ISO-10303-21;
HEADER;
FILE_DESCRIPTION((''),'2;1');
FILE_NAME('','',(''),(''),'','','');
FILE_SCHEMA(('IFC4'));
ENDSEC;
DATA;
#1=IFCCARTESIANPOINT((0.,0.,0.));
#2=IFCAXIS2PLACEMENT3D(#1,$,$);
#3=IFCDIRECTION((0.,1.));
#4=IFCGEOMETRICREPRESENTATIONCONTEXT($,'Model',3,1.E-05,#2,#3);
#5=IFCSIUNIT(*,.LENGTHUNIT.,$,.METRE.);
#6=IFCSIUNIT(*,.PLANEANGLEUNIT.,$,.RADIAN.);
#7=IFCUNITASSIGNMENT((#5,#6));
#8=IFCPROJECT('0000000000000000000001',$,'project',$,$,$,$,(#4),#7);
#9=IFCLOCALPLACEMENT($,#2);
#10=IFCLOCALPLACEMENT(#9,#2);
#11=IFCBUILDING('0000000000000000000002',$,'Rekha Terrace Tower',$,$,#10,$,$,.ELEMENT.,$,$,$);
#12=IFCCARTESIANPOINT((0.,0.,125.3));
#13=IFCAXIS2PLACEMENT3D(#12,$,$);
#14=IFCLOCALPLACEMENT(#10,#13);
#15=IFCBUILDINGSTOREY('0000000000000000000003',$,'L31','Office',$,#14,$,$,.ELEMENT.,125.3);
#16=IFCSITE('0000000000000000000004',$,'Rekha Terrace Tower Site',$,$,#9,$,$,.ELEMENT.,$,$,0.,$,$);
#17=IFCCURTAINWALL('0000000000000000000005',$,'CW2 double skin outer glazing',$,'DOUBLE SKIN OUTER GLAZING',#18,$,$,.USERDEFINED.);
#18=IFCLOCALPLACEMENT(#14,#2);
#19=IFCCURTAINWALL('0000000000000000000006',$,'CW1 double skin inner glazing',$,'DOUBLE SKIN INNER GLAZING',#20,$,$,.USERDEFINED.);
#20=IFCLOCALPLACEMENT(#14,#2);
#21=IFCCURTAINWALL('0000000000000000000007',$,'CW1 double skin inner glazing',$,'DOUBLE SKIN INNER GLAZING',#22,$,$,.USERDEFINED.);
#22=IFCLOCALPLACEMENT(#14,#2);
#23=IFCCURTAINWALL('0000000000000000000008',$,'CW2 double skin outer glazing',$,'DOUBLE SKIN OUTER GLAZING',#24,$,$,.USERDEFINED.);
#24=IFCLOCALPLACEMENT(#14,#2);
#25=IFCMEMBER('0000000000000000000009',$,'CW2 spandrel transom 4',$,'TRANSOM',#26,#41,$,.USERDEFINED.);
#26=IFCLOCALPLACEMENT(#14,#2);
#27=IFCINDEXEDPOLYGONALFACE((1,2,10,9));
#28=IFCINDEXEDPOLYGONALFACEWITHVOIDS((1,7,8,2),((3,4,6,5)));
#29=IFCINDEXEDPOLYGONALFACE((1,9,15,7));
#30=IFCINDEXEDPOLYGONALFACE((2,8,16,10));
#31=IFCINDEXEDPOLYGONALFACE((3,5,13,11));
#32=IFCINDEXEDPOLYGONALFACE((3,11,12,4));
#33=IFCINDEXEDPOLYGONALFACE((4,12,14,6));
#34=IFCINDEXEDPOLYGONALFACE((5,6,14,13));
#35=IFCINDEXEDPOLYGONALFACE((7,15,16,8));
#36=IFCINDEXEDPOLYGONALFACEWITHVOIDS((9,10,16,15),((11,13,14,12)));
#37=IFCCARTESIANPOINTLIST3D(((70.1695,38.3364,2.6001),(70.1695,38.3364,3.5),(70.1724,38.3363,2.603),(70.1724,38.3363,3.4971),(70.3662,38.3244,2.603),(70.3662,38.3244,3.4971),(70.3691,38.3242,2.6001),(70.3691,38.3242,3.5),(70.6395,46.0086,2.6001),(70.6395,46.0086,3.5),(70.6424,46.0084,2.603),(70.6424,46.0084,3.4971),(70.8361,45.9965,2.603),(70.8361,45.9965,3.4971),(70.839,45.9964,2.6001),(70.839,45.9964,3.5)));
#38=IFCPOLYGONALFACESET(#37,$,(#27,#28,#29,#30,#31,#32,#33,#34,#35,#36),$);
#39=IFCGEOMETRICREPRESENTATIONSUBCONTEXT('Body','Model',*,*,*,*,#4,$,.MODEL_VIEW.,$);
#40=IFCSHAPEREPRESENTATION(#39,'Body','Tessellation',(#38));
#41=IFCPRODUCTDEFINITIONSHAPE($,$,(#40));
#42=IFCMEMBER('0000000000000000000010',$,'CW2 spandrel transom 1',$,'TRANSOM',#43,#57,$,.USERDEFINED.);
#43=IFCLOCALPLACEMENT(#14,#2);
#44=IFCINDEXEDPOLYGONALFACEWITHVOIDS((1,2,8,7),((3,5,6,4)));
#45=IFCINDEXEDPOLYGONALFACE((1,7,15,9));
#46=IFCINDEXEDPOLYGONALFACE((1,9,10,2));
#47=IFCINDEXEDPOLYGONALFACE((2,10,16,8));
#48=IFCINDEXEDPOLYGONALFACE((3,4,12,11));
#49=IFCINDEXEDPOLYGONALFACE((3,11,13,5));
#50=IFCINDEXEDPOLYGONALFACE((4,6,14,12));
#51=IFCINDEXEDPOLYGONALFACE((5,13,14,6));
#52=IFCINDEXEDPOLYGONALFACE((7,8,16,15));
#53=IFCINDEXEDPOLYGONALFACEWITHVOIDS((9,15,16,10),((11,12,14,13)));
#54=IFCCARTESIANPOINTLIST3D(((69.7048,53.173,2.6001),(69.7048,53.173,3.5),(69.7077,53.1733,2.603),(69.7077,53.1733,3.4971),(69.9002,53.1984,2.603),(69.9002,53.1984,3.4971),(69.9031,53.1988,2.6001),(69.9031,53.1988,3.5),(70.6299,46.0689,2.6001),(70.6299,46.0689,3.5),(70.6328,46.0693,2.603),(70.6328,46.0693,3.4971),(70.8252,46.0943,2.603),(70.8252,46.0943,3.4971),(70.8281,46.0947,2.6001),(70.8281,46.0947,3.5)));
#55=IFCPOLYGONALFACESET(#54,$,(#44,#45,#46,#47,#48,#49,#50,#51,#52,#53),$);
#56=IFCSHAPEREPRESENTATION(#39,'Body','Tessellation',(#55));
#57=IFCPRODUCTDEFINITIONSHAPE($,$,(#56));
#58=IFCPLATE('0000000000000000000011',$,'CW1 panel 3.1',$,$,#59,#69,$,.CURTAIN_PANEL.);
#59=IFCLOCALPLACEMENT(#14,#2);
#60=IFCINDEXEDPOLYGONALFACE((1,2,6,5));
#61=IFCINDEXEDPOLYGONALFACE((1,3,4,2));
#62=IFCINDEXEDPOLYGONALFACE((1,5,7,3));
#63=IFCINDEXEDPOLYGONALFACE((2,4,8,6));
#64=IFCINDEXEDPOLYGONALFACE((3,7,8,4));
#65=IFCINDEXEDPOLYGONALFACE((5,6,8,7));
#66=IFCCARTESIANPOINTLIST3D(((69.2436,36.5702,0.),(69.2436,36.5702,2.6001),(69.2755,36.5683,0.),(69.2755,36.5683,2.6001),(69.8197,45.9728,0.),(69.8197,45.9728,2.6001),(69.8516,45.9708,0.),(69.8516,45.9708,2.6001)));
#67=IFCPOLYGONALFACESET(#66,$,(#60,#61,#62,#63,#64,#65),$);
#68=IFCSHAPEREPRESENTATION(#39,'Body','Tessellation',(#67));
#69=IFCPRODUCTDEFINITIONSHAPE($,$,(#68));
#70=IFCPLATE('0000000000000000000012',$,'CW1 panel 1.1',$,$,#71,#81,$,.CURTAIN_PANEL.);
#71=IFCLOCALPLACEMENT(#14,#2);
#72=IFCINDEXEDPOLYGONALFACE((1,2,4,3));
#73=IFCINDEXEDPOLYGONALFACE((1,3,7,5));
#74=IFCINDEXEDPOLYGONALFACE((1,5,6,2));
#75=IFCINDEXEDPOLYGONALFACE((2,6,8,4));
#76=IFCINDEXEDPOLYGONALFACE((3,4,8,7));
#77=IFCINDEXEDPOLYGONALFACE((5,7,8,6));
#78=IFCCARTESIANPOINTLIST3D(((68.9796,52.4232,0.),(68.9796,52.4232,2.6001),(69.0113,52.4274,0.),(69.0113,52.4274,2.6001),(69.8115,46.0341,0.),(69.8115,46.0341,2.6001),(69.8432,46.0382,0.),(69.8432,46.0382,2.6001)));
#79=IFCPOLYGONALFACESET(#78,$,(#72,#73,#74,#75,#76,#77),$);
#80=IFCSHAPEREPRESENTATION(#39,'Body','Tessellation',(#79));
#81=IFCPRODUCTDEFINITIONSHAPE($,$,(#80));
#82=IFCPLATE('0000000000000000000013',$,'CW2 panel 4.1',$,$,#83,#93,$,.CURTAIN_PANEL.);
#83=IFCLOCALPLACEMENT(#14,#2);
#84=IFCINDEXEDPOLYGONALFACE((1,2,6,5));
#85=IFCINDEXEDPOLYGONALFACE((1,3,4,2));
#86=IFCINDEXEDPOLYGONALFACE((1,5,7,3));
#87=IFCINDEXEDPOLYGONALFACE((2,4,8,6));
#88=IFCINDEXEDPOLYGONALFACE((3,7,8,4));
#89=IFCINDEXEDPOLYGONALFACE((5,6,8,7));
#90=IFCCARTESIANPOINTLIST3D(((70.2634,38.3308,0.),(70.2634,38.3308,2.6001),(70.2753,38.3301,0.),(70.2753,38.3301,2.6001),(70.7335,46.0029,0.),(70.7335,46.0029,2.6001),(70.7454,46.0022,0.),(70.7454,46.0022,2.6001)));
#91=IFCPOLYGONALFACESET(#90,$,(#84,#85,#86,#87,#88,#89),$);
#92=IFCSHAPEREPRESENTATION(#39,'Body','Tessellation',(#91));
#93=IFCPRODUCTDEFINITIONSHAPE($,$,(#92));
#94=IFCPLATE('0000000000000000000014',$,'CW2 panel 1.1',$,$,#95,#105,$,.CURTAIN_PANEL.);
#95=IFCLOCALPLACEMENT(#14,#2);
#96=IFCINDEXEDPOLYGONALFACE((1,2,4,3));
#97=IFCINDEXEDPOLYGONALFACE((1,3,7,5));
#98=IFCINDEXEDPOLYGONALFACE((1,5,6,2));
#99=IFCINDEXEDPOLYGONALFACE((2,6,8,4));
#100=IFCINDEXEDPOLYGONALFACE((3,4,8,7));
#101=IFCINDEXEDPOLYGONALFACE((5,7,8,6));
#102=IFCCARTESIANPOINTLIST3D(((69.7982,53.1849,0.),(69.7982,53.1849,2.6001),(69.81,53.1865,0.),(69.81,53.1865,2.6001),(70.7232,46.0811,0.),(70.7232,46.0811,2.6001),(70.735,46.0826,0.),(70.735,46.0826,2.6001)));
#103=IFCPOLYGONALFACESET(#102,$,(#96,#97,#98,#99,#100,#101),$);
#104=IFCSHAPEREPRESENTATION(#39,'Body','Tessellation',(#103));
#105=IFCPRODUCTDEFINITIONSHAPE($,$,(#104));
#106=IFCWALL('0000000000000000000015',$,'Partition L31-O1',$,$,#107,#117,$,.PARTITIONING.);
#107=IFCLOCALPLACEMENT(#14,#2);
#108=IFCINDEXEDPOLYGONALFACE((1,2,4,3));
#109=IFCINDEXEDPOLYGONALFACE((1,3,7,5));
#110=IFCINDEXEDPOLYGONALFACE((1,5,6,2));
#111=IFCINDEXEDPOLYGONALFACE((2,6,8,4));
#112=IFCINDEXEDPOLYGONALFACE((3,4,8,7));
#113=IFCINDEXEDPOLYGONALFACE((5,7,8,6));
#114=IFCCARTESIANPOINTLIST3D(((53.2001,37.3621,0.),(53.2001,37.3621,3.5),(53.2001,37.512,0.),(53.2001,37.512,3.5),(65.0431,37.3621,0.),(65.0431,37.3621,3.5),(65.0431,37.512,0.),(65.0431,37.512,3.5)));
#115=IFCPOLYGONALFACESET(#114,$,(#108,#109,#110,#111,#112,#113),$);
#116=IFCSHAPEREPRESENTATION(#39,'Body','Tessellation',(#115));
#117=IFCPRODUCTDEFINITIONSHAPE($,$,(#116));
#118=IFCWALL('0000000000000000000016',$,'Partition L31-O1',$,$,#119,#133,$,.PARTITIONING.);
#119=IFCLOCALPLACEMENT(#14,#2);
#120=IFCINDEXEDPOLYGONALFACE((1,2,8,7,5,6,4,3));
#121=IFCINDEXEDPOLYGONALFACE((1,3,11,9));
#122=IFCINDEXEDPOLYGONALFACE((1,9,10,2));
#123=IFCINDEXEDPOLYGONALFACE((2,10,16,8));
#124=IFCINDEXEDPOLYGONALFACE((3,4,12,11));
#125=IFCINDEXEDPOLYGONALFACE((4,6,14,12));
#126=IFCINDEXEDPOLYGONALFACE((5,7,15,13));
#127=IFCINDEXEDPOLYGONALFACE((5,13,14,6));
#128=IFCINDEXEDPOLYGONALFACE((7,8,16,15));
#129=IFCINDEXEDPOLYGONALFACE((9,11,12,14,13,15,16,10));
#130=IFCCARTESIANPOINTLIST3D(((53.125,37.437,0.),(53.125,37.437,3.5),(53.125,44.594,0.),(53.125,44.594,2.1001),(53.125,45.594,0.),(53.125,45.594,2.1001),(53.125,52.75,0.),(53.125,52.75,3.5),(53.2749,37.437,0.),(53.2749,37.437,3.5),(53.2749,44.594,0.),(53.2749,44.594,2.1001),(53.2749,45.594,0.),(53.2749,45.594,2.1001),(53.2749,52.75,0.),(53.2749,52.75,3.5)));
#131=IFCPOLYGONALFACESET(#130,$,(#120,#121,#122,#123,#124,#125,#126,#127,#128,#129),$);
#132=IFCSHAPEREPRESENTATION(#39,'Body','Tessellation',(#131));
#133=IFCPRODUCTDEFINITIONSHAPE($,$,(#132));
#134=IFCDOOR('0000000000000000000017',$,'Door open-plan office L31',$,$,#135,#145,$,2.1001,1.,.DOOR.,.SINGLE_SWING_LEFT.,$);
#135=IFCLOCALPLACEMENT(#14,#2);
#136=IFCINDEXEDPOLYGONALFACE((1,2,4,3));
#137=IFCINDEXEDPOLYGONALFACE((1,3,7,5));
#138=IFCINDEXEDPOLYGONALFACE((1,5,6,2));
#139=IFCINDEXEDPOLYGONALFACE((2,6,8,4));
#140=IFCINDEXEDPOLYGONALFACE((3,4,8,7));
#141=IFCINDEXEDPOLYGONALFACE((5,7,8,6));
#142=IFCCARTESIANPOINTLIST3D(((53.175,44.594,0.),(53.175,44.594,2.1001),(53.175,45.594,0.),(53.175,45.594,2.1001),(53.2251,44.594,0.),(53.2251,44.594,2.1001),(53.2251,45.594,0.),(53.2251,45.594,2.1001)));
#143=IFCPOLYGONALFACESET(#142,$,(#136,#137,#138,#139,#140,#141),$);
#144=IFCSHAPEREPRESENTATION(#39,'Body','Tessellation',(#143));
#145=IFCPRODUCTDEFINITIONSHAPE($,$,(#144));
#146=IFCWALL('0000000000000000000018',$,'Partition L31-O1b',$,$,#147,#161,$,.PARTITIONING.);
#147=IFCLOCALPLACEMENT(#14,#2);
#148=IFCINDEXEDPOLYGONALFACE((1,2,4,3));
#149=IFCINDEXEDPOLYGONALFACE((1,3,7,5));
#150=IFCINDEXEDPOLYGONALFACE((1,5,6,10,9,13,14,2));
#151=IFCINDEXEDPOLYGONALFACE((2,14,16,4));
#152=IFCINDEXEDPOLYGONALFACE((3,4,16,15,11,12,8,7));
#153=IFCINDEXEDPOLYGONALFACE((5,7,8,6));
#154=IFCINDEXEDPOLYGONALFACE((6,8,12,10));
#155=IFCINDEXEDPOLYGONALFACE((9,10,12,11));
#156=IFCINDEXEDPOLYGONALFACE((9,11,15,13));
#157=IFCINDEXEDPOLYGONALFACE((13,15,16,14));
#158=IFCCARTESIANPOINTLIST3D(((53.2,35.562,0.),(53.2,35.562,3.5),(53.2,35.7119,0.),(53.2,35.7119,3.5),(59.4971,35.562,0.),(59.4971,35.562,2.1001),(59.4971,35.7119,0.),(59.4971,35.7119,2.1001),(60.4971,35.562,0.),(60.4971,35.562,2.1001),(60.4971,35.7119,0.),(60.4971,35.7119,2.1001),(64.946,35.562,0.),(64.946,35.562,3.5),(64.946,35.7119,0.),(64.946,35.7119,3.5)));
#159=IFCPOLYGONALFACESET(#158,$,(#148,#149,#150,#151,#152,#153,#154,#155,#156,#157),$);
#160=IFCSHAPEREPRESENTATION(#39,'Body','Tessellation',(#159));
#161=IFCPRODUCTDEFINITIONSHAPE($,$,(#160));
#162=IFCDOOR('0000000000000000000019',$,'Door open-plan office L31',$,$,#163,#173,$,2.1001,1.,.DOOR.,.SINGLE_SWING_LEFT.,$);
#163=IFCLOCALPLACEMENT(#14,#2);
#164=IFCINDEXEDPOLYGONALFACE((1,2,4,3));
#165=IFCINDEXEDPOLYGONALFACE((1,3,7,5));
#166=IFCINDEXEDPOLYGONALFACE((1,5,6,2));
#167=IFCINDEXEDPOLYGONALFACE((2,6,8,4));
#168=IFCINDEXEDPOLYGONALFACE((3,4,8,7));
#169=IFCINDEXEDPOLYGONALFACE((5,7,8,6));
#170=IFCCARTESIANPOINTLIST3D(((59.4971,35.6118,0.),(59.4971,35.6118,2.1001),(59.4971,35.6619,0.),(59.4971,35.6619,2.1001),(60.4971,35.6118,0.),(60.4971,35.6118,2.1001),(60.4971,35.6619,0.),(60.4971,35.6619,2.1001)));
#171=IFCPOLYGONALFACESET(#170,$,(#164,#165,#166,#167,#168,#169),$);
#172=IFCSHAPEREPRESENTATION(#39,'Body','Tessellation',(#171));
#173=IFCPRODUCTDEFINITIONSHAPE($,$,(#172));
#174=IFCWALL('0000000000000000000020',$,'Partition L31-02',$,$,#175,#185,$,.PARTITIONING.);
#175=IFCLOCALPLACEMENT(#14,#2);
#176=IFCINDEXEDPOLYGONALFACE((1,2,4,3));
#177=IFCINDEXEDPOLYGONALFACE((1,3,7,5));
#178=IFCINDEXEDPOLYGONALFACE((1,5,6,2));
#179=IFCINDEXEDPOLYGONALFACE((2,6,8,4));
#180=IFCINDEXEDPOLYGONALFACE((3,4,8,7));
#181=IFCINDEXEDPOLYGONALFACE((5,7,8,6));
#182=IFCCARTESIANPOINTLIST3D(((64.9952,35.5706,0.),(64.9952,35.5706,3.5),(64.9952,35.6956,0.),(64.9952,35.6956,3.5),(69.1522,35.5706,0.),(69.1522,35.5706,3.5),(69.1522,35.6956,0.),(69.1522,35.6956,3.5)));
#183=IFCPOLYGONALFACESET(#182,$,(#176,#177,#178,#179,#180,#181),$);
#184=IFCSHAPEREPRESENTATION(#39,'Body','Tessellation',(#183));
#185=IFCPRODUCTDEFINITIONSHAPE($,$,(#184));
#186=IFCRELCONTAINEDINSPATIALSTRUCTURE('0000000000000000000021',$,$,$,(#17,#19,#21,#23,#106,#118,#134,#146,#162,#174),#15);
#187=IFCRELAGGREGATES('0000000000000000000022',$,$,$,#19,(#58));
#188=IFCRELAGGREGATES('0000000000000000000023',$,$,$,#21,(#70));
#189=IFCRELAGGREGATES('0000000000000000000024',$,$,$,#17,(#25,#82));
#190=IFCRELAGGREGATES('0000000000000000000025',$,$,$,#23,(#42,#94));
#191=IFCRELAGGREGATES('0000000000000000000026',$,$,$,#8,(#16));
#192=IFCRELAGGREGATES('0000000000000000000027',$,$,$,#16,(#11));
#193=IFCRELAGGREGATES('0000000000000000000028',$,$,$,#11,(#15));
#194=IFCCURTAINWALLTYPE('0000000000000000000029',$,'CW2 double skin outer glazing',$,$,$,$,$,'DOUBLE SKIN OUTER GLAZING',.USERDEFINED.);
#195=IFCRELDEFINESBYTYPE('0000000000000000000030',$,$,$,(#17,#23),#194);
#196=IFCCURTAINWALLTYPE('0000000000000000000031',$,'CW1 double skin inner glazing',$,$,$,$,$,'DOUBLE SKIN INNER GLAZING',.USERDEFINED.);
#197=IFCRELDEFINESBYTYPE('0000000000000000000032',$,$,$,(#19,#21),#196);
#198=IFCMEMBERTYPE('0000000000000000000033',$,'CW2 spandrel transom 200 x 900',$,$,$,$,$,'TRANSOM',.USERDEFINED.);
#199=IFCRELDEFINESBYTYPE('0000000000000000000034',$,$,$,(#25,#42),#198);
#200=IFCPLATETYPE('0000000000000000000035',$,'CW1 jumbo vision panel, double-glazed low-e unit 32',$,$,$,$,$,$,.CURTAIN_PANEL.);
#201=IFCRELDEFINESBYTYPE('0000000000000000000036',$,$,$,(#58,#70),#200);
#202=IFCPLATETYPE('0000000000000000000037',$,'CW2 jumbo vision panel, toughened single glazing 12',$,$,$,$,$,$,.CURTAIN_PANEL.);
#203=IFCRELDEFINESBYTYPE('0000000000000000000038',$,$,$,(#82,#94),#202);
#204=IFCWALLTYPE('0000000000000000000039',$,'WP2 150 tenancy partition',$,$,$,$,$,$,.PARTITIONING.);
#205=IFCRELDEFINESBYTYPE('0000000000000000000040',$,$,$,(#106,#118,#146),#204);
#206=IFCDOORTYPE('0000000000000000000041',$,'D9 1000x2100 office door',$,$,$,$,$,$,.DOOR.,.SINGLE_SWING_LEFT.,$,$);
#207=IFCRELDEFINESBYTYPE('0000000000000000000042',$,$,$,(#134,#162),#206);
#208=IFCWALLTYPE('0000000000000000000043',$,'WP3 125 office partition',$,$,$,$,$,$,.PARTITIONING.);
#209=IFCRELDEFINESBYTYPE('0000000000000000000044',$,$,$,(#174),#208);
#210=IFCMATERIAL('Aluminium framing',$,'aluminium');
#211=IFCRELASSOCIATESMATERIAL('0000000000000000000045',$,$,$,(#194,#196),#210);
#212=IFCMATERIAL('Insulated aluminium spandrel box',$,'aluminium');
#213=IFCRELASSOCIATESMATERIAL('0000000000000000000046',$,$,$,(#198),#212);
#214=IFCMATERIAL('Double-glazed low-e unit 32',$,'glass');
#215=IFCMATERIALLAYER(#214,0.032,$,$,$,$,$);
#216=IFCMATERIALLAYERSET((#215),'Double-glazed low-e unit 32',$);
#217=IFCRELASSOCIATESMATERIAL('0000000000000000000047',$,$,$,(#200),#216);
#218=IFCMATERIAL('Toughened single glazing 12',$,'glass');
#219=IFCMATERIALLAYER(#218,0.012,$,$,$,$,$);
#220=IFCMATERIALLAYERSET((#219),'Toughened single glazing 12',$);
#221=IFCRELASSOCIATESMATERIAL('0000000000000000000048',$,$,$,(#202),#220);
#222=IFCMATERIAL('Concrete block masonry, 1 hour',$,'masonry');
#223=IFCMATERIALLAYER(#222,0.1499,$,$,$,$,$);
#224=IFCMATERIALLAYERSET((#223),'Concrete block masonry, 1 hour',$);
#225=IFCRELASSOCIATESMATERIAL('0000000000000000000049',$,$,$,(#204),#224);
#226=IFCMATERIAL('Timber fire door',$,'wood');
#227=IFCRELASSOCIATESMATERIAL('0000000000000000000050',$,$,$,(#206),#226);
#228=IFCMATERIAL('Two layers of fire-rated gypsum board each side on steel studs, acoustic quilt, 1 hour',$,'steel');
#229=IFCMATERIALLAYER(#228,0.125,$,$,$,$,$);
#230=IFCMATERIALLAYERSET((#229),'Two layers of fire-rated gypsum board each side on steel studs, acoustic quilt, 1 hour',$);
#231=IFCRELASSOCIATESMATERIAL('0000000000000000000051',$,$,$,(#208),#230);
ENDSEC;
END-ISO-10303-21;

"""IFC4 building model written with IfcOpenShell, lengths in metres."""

from ifc_helpers import new_model, si_unit, direction, frame, frame_2d, origin, origin_2d, place, context, subcontext, project, spatial, rectangle, hollow_rectangle, extrude, material, layer, layer_set, material_profile, profile_set, type_object, element, fill, aggregate, save


model = new_model("IFC4")

# Units and contexts
model_context = context("Model", 3, precision=1e-05, world=origin(), true_north=direction((0.0, 1.0)))
body_context = subcontext(model_context, "Body", "Model", "MODEL_VIEW")
ifc_project = project(units=[si_unit("LENGTHUNIT", "METRE"), si_unit("PLANEANGLEUNIT", "RADIAN")], contexts=[model_context])

# Site, building, storey
site_placement = place(None, origin())
site = spatial("IfcSite", under=ifc_project, at=site_placement, Name="Rekha Terrace Tower Site", CompositionType="ELEMENT", RefElevation=0.0)
building_placement = place(site_placement, origin())
building = spatial("IfcBuilding", under=site, at=building_placement, Name="Rekha Terrace Tower", CompositionType="ELEMENT")
storey_placement = place(building_placement, frame((0.0, 0.0, 125.3)))
storey = spatial("IfcBuildingStorey", under=building, at=storey_placement, Name="L31", Description="Office", CompositionType="ELEMENT", Elevation=125.3)

# Curtain walls
ifc_material_1 = material(Name="Aluminium framing", Category="aluminium")
curtain_wall_type_1 = type_object("IfcCurtainWallType", Name="CW2 double skin outer glazing", ElementType="DOUBLE SKIN OUTER GLAZING", PredefinedType="USERDEFINED", material=ifc_material_1)
curtain_wall_1_placement = place(storey_placement, origin())
curtain_wall_1 = element("IfcCurtainWall", 1, at=curtain_wall_1_placement, inside=storey, type_object=curtain_wall_type_1, Name="CW2 double skin outer glazing", ObjectType="DOUBLE SKIN OUTER GLAZING", PredefinedType="USERDEFINED")
curtain_wall_type_2 = type_object("IfcCurtainWallType", Name="CW1 double skin inner glazing", ElementType="DOUBLE SKIN INNER GLAZING", PredefinedType="USERDEFINED", material=ifc_material_1)
curtain_wall_2_placement = place(storey_placement, origin())
curtain_wall_2 = element("IfcCurtainWall", 2, at=curtain_wall_2_placement, inside=storey, type_object=curtain_wall_type_2, Name="CW1 double skin inner glazing", ObjectType="DOUBLE SKIN INNER GLAZING", PredefinedType="USERDEFINED")
curtain_wall_3_placement = place(storey_placement, origin())
curtain_wall_3 = element("IfcCurtainWall", 3, at=curtain_wall_3_placement, inside=storey, type_object=curtain_wall_type_2, Name="CW1 double skin inner glazing", ObjectType="DOUBLE SKIN INNER GLAZING", PredefinedType="USERDEFINED")

# Shared definitions
ifc_material_2 = material(Name="Insulated aluminium spandrel box", Category="aluminium")

# Curtain wall
curtain_wall_4_placement = place(storey_placement, origin())
curtain_wall_4 = element("IfcCurtainWall", 4, at=curtain_wall_4_placement, inside=storey, type_object=curtain_wall_type_1, Name="CW2 double skin outer glazing", ObjectType="DOUBLE SKIN OUTER GLAZING", PredefinedType="USERDEFINED")

# Members
ifc_material_profile_1 = material_profile(ifc_material_2, hollow_rectangle(XDim=0.2, YDim=0.8999, WallThickness=0.0029, at=origin_2d()), Name="AL SPANDREL BOX 200x900")
ifc_profile_set_1 = profile_set([ifc_material_profile_1], Name="Insulated aluminium spandrel box")
member_type_1 = type_object("IfcMemberType", Name="CW2 spandrel transom 200 x 900", ElementType="TRANSOM", PredefinedType="USERDEFINED", material=ifc_profile_set_1)
member_1_placement = place(storey_placement, frame((70.2693, 38.3303, 3.05), z_axis=(0.061142, 0.998129, 0.0), x_axis=(-0.998129, 0.061142, 0.0)))
member_1 = element("IfcMember", 5, at=member_1_placement, type_object=member_type_1, Name="CW2 spandrel transom 4", ObjectType="TRANSOM", PredefinedType="USERDEFINED", context=body_context, shape_type="SweptSolid", body=[
    extrude(hollow_rectangle(XDim=0.2, YDim=0.8999, WallThickness=0.0029, at=origin_2d()), origin(), (0.0, 0.0, 1.0), 7.6865),
])
member_2_placement = place(storey_placement, frame((70.729, 46.0818, 3.05), z_axis=(-0.129125, 0.991628, 0.0), x_axis=(-0.991628, -0.129125, 0.0)))
member_2 = element("IfcMember", 6, at=member_2_placement, type_object=member_type_1, Name="CW2 spandrel transom 1", ObjectType="TRANSOM", PredefinedType="USERDEFINED", context=body_context, shape_type="SweptSolid", body=[
    extrude(hollow_rectangle(XDim=0.2, YDim=0.8999, WallThickness=0.0029, at=origin_2d()), origin(), (0.0, 0.0, 1.0), 7.1641),
])

# Plates
ifc_material_3 = material(Name="Double-glazed low-e unit 32", Category="glass")
ifc_layer_1 = layer(ifc_material_3, 0.032)
ifc_layer_set_1 = layer_set([ifc_layer_1], Name="Double-glazed low-e unit 32")
plate_type_1 = type_object("IfcPlateType", Name="CW1 jumbo vision panel, double-glazed low-e unit 32", PredefinedType="CURTAIN_PANEL", material=ifc_layer_set_1)
plate_1_placement = place(storey_placement, frame((69.5476, 41.2705, 0.0), z_axis=(0.0, 0.0, 1.0), x_axis=(0.06116, 0.998128, 0.0)))
plate_1 = element("IfcPlate", 7, at=plate_1_placement, type_object=plate_type_1, Name="CW1 panel 3.1", PredefinedType="CURTAIN_PANEL", context=body_context, shape_type="SweptSolid", body=[
    extrude(rectangle(XDim=9.4202, YDim=0.032, at=origin_2d()), origin(), (0.0, 0.0, 1.0), 2.6001),
])
aggregate(curtain_wall_2, [plate_1])
plate_2_placement = place(storey_placement, frame((69.4114, 49.2307, 0.0), z_axis=(0.0, 0.0, 1.0), x_axis=(-0.129118, 0.991629, 0.0)))
plate_2 = element("IfcPlate", 8, at=plate_2_placement, type_object=plate_type_1, Name="CW1 panel 1.1", PredefinedType="CURTAIN_PANEL", context=body_context, shape_type="SweptSolid", body=[
    extrude(rectangle(XDim=6.4431, YDim=0.032, at=origin_2d()), origin(), (0.0, 0.0, 1.0), 2.6001),
])
aggregate(curtain_wall_3, [plate_2])
ifc_material_4 = material(Name="Toughened single glazing 12", Category="glass")
ifc_layer_2 = layer(ifc_material_4, 0.012)
ifc_layer_set_2 = layer_set([ifc_layer_2], Name="Toughened single glazing 12")
plate_type_2 = type_object("IfcPlateType", Name="CW2 jumbo vision panel, toughened single glazing 12", PredefinedType="CURTAIN_PANEL", material=ifc_layer_set_2)
plate_3_placement = place(storey_placement, frame((70.5044, 42.1665, 0.0), z_axis=(0.0, 0.0, 1.0), x_axis=(0.06116, 0.998128, 0.0)))
plate_3 = element("IfcPlate", 9, at=plate_3_placement, type_object=plate_type_2, Name="CW2 panel 4.1", PredefinedType="CURTAIN_PANEL", context=body_context, shape_type="SweptSolid", body=[
    extrude(rectangle(XDim=7.6865, YDim=0.012, at=origin_2d()), origin(), (0.0, 0.0, 1.0), 2.6001),
])
aggregate(curtain_wall_1, [member_1, plate_3])
plate_4_placement = place(storey_placement, frame((70.2666, 49.6338, 0.0), z_axis=(0.0, 0.0, 1.0), x_axis=(-0.129118, 0.991629, 0.0)))
plate_4 = element("IfcPlate", 10, at=plate_4_placement, type_object=plate_type_2, Name="CW2 panel 1.1", PredefinedType="CURTAIN_PANEL", context=body_context, shape_type="SweptSolid", body=[
    extrude(rectangle(XDim=7.1638, YDim=0.012, at=origin_2d()), origin(), (0.0, 0.0, 1.0), 2.6001),
])
aggregate(curtain_wall_4, [member_2, plate_4])

# Wall
ifc_material_5 = material(Name="Concrete block masonry, 1 hour", Category="masonry")
ifc_layer_3 = layer(ifc_material_5, 0.1499)
ifc_layer_set_3 = layer_set([ifc_layer_3], Name="Concrete block masonry, 1 hour")
wall_type_1 = type_object("IfcWallType", Name="WP2 150 tenancy partition", PredefinedType="PARTITIONING", material=ifc_layer_set_3)
wall_1_placement = place(storey_placement, frame((65.043, 37.437, 0.0), z_axis=(0.0, 0.0, 1.0), x_axis=(-1.0, 0.0, 0.0)))
element("IfcWall", 11, at=wall_1_placement, inside=storey, type_object=wall_type_1, Name="Partition L31-O1", PredefinedType="PARTITIONING", context=body_context, shape_type="SweptSolid", body=[
    extrude(rectangle(XDim=11.843, YDim=0.1499, at=frame_2d((5.9214, 0.0))), origin(), (0.0, 0.0, 1.0), 3.5),
])

# Walls, openings, doors
wall_2_placement = place(storey_placement, frame((53.2, 37.437, 0.0), z_axis=(0.0, 0.0, 1.0), x_axis=(0.0, 1.0, 0.0)))
wall_2 = element("IfcWall", 12, at=wall_2_placement, inside=storey, type_object=wall_type_1, Name="Partition L31-O1", PredefinedType="PARTITIONING", context=body_context, shape_type="SweptSolid", body=[
    extrude(rectangle(XDim=15.313, YDim=0.1499, at=frame_2d((7.6565, 0.0))), origin(), (0.0, 0.0, 1.0), 3.5),
])
opening_1_placement = place(wall_2_placement, frame((7.157, 0.0, 0.0)))
opening_1 = element("IfcOpeningElement", 13, at=opening_1_placement, cuts=wall_2, PredefinedType="OPENING", context=body_context, shape_type="SweptSolid", body=[
    extrude(rectangle(XDim=1.0, YDim=2.1001, at=frame_2d((0.5, 1.05))), frame((0.0, 0.085, 0.0), z_axis=(0.0, -1.0, 0.0), x_axis=(1.0, 0.0, 0.0)), (0.0, 0.0, 1.0), 0.1699),
])
ifc_material_6 = material(Name="Timber fire door", Category="wood")
door_type = type_object("IfcDoorType", Name="D9 1000x2100 office door", OperationType="SINGLE_SWING_LEFT", PredefinedType="DOOR", material=ifc_material_6)
door_1_placement = place(opening_1_placement, origin())
door_1 = element("IfcDoor", 14, at=door_1_placement, inside=storey, type_object=door_type, Name="Door open-plan office L31", OperationType="SINGLE_SWING_LEFT", OverallHeight=2.1001, OverallWidth=1.0, PredefinedType="DOOR", context=body_context, shape_type="SweptSolid", body=[
    extrude(rectangle(XDim=1.0, YDim=2.1001, at=frame_2d((0.5, 1.05))), frame((0.0, 0.0249, 0.0), z_axis=(0.0, -1.0, 0.0), x_axis=(1.0, 0.0, 0.0)), (0.0, 0.0, 1.0), 0.05),
])
fill(opening_1, door_1)
wall_3_placement = place(storey_placement, frame((53.2, 35.637, 0.0), z_axis=(0.0, 0.0, 1.0), x_axis=(1.0, 0.0, 0.0)))
wall_3 = element("IfcWall", 15, at=wall_3_placement, inside=storey, type_object=wall_type_1, Name="Partition L31-O1b", PredefinedType="PARTITIONING", context=body_context, shape_type="SweptSolid", body=[
    extrude(rectangle(XDim=11.7461, YDim=0.1499, at=frame_2d((5.873, 0.0))), origin(), (0.0, 0.0, 1.0), 3.5),
])
opening_2_placement = place(wall_3_placement, frame((6.2971, 0.0, 0.0)))
opening_2 = element("IfcOpeningElement", 16, at=opening_2_placement, cuts=wall_3, PredefinedType="OPENING", context=body_context, shape_type="SweptSolid", body=[
    extrude(rectangle(XDim=1.0, YDim=2.1001, at=frame_2d((0.5, 1.05))), frame((0.0, 0.085, 0.0), z_axis=(0.0, -1.0, 0.0), x_axis=(1.0, 0.0, 0.0)), (0.0, 0.0, 1.0), 0.1699),
])
door_2_placement = place(opening_2_placement, origin())
door_2 = element("IfcDoor", 17, at=door_2_placement, inside=storey, type_object=door_type, Name="Door open-plan office L31", OperationType="SINGLE_SWING_LEFT", OverallHeight=2.1001, OverallWidth=1.0, PredefinedType="DOOR", context=body_context, shape_type="SweptSolid", body=[
    extrude(rectangle(XDim=1.0, YDim=2.1001, at=frame_2d((0.5, 1.05))), frame((0.0, 0.0249, 0.0), z_axis=(0.0, -1.0, 0.0), x_axis=(1.0, 0.0, 0.0)), (0.0, 0.0, 1.0), 0.05),
])
fill(opening_2, door_2)

# Wall
ifc_material_7 = material(Name="Two layers of fire-rated gypsum board each side on steel studs, acoustic quilt, 1 hour", Category="steel")
ifc_layer_4 = layer(ifc_material_7, 0.125)
ifc_layer_set_4 = layer_set([ifc_layer_4], Name="Two layers of fire-rated gypsum board each side on steel studs, acoustic quilt, 1 hour")
wall_type_2 = type_object("IfcWallType", Name="WP3 125 office partition", PredefinedType="PARTITIONING", material=ifc_layer_set_4)
wall_4_placement = place(storey_placement, frame((64.9951, 35.6331, 0.0), z_axis=(0.0, 0.0, 1.0), x_axis=(1.0, 0.0, 0.0)))
element("IfcWall", 18, at=wall_4_placement, inside=storey, type_object=wall_type_2, Name="Partition L31-02", PredefinedType="PARTITIONING", context=body_context, shape_type="SweptSolid", body=[
    extrude(rectangle(XDim=4.157, YDim=0.125, at=frame_2d((2.0786, 0.0))), origin(), (0.0, 0.0, 1.0), 3.5),
])

save(model, "model.ifc")
